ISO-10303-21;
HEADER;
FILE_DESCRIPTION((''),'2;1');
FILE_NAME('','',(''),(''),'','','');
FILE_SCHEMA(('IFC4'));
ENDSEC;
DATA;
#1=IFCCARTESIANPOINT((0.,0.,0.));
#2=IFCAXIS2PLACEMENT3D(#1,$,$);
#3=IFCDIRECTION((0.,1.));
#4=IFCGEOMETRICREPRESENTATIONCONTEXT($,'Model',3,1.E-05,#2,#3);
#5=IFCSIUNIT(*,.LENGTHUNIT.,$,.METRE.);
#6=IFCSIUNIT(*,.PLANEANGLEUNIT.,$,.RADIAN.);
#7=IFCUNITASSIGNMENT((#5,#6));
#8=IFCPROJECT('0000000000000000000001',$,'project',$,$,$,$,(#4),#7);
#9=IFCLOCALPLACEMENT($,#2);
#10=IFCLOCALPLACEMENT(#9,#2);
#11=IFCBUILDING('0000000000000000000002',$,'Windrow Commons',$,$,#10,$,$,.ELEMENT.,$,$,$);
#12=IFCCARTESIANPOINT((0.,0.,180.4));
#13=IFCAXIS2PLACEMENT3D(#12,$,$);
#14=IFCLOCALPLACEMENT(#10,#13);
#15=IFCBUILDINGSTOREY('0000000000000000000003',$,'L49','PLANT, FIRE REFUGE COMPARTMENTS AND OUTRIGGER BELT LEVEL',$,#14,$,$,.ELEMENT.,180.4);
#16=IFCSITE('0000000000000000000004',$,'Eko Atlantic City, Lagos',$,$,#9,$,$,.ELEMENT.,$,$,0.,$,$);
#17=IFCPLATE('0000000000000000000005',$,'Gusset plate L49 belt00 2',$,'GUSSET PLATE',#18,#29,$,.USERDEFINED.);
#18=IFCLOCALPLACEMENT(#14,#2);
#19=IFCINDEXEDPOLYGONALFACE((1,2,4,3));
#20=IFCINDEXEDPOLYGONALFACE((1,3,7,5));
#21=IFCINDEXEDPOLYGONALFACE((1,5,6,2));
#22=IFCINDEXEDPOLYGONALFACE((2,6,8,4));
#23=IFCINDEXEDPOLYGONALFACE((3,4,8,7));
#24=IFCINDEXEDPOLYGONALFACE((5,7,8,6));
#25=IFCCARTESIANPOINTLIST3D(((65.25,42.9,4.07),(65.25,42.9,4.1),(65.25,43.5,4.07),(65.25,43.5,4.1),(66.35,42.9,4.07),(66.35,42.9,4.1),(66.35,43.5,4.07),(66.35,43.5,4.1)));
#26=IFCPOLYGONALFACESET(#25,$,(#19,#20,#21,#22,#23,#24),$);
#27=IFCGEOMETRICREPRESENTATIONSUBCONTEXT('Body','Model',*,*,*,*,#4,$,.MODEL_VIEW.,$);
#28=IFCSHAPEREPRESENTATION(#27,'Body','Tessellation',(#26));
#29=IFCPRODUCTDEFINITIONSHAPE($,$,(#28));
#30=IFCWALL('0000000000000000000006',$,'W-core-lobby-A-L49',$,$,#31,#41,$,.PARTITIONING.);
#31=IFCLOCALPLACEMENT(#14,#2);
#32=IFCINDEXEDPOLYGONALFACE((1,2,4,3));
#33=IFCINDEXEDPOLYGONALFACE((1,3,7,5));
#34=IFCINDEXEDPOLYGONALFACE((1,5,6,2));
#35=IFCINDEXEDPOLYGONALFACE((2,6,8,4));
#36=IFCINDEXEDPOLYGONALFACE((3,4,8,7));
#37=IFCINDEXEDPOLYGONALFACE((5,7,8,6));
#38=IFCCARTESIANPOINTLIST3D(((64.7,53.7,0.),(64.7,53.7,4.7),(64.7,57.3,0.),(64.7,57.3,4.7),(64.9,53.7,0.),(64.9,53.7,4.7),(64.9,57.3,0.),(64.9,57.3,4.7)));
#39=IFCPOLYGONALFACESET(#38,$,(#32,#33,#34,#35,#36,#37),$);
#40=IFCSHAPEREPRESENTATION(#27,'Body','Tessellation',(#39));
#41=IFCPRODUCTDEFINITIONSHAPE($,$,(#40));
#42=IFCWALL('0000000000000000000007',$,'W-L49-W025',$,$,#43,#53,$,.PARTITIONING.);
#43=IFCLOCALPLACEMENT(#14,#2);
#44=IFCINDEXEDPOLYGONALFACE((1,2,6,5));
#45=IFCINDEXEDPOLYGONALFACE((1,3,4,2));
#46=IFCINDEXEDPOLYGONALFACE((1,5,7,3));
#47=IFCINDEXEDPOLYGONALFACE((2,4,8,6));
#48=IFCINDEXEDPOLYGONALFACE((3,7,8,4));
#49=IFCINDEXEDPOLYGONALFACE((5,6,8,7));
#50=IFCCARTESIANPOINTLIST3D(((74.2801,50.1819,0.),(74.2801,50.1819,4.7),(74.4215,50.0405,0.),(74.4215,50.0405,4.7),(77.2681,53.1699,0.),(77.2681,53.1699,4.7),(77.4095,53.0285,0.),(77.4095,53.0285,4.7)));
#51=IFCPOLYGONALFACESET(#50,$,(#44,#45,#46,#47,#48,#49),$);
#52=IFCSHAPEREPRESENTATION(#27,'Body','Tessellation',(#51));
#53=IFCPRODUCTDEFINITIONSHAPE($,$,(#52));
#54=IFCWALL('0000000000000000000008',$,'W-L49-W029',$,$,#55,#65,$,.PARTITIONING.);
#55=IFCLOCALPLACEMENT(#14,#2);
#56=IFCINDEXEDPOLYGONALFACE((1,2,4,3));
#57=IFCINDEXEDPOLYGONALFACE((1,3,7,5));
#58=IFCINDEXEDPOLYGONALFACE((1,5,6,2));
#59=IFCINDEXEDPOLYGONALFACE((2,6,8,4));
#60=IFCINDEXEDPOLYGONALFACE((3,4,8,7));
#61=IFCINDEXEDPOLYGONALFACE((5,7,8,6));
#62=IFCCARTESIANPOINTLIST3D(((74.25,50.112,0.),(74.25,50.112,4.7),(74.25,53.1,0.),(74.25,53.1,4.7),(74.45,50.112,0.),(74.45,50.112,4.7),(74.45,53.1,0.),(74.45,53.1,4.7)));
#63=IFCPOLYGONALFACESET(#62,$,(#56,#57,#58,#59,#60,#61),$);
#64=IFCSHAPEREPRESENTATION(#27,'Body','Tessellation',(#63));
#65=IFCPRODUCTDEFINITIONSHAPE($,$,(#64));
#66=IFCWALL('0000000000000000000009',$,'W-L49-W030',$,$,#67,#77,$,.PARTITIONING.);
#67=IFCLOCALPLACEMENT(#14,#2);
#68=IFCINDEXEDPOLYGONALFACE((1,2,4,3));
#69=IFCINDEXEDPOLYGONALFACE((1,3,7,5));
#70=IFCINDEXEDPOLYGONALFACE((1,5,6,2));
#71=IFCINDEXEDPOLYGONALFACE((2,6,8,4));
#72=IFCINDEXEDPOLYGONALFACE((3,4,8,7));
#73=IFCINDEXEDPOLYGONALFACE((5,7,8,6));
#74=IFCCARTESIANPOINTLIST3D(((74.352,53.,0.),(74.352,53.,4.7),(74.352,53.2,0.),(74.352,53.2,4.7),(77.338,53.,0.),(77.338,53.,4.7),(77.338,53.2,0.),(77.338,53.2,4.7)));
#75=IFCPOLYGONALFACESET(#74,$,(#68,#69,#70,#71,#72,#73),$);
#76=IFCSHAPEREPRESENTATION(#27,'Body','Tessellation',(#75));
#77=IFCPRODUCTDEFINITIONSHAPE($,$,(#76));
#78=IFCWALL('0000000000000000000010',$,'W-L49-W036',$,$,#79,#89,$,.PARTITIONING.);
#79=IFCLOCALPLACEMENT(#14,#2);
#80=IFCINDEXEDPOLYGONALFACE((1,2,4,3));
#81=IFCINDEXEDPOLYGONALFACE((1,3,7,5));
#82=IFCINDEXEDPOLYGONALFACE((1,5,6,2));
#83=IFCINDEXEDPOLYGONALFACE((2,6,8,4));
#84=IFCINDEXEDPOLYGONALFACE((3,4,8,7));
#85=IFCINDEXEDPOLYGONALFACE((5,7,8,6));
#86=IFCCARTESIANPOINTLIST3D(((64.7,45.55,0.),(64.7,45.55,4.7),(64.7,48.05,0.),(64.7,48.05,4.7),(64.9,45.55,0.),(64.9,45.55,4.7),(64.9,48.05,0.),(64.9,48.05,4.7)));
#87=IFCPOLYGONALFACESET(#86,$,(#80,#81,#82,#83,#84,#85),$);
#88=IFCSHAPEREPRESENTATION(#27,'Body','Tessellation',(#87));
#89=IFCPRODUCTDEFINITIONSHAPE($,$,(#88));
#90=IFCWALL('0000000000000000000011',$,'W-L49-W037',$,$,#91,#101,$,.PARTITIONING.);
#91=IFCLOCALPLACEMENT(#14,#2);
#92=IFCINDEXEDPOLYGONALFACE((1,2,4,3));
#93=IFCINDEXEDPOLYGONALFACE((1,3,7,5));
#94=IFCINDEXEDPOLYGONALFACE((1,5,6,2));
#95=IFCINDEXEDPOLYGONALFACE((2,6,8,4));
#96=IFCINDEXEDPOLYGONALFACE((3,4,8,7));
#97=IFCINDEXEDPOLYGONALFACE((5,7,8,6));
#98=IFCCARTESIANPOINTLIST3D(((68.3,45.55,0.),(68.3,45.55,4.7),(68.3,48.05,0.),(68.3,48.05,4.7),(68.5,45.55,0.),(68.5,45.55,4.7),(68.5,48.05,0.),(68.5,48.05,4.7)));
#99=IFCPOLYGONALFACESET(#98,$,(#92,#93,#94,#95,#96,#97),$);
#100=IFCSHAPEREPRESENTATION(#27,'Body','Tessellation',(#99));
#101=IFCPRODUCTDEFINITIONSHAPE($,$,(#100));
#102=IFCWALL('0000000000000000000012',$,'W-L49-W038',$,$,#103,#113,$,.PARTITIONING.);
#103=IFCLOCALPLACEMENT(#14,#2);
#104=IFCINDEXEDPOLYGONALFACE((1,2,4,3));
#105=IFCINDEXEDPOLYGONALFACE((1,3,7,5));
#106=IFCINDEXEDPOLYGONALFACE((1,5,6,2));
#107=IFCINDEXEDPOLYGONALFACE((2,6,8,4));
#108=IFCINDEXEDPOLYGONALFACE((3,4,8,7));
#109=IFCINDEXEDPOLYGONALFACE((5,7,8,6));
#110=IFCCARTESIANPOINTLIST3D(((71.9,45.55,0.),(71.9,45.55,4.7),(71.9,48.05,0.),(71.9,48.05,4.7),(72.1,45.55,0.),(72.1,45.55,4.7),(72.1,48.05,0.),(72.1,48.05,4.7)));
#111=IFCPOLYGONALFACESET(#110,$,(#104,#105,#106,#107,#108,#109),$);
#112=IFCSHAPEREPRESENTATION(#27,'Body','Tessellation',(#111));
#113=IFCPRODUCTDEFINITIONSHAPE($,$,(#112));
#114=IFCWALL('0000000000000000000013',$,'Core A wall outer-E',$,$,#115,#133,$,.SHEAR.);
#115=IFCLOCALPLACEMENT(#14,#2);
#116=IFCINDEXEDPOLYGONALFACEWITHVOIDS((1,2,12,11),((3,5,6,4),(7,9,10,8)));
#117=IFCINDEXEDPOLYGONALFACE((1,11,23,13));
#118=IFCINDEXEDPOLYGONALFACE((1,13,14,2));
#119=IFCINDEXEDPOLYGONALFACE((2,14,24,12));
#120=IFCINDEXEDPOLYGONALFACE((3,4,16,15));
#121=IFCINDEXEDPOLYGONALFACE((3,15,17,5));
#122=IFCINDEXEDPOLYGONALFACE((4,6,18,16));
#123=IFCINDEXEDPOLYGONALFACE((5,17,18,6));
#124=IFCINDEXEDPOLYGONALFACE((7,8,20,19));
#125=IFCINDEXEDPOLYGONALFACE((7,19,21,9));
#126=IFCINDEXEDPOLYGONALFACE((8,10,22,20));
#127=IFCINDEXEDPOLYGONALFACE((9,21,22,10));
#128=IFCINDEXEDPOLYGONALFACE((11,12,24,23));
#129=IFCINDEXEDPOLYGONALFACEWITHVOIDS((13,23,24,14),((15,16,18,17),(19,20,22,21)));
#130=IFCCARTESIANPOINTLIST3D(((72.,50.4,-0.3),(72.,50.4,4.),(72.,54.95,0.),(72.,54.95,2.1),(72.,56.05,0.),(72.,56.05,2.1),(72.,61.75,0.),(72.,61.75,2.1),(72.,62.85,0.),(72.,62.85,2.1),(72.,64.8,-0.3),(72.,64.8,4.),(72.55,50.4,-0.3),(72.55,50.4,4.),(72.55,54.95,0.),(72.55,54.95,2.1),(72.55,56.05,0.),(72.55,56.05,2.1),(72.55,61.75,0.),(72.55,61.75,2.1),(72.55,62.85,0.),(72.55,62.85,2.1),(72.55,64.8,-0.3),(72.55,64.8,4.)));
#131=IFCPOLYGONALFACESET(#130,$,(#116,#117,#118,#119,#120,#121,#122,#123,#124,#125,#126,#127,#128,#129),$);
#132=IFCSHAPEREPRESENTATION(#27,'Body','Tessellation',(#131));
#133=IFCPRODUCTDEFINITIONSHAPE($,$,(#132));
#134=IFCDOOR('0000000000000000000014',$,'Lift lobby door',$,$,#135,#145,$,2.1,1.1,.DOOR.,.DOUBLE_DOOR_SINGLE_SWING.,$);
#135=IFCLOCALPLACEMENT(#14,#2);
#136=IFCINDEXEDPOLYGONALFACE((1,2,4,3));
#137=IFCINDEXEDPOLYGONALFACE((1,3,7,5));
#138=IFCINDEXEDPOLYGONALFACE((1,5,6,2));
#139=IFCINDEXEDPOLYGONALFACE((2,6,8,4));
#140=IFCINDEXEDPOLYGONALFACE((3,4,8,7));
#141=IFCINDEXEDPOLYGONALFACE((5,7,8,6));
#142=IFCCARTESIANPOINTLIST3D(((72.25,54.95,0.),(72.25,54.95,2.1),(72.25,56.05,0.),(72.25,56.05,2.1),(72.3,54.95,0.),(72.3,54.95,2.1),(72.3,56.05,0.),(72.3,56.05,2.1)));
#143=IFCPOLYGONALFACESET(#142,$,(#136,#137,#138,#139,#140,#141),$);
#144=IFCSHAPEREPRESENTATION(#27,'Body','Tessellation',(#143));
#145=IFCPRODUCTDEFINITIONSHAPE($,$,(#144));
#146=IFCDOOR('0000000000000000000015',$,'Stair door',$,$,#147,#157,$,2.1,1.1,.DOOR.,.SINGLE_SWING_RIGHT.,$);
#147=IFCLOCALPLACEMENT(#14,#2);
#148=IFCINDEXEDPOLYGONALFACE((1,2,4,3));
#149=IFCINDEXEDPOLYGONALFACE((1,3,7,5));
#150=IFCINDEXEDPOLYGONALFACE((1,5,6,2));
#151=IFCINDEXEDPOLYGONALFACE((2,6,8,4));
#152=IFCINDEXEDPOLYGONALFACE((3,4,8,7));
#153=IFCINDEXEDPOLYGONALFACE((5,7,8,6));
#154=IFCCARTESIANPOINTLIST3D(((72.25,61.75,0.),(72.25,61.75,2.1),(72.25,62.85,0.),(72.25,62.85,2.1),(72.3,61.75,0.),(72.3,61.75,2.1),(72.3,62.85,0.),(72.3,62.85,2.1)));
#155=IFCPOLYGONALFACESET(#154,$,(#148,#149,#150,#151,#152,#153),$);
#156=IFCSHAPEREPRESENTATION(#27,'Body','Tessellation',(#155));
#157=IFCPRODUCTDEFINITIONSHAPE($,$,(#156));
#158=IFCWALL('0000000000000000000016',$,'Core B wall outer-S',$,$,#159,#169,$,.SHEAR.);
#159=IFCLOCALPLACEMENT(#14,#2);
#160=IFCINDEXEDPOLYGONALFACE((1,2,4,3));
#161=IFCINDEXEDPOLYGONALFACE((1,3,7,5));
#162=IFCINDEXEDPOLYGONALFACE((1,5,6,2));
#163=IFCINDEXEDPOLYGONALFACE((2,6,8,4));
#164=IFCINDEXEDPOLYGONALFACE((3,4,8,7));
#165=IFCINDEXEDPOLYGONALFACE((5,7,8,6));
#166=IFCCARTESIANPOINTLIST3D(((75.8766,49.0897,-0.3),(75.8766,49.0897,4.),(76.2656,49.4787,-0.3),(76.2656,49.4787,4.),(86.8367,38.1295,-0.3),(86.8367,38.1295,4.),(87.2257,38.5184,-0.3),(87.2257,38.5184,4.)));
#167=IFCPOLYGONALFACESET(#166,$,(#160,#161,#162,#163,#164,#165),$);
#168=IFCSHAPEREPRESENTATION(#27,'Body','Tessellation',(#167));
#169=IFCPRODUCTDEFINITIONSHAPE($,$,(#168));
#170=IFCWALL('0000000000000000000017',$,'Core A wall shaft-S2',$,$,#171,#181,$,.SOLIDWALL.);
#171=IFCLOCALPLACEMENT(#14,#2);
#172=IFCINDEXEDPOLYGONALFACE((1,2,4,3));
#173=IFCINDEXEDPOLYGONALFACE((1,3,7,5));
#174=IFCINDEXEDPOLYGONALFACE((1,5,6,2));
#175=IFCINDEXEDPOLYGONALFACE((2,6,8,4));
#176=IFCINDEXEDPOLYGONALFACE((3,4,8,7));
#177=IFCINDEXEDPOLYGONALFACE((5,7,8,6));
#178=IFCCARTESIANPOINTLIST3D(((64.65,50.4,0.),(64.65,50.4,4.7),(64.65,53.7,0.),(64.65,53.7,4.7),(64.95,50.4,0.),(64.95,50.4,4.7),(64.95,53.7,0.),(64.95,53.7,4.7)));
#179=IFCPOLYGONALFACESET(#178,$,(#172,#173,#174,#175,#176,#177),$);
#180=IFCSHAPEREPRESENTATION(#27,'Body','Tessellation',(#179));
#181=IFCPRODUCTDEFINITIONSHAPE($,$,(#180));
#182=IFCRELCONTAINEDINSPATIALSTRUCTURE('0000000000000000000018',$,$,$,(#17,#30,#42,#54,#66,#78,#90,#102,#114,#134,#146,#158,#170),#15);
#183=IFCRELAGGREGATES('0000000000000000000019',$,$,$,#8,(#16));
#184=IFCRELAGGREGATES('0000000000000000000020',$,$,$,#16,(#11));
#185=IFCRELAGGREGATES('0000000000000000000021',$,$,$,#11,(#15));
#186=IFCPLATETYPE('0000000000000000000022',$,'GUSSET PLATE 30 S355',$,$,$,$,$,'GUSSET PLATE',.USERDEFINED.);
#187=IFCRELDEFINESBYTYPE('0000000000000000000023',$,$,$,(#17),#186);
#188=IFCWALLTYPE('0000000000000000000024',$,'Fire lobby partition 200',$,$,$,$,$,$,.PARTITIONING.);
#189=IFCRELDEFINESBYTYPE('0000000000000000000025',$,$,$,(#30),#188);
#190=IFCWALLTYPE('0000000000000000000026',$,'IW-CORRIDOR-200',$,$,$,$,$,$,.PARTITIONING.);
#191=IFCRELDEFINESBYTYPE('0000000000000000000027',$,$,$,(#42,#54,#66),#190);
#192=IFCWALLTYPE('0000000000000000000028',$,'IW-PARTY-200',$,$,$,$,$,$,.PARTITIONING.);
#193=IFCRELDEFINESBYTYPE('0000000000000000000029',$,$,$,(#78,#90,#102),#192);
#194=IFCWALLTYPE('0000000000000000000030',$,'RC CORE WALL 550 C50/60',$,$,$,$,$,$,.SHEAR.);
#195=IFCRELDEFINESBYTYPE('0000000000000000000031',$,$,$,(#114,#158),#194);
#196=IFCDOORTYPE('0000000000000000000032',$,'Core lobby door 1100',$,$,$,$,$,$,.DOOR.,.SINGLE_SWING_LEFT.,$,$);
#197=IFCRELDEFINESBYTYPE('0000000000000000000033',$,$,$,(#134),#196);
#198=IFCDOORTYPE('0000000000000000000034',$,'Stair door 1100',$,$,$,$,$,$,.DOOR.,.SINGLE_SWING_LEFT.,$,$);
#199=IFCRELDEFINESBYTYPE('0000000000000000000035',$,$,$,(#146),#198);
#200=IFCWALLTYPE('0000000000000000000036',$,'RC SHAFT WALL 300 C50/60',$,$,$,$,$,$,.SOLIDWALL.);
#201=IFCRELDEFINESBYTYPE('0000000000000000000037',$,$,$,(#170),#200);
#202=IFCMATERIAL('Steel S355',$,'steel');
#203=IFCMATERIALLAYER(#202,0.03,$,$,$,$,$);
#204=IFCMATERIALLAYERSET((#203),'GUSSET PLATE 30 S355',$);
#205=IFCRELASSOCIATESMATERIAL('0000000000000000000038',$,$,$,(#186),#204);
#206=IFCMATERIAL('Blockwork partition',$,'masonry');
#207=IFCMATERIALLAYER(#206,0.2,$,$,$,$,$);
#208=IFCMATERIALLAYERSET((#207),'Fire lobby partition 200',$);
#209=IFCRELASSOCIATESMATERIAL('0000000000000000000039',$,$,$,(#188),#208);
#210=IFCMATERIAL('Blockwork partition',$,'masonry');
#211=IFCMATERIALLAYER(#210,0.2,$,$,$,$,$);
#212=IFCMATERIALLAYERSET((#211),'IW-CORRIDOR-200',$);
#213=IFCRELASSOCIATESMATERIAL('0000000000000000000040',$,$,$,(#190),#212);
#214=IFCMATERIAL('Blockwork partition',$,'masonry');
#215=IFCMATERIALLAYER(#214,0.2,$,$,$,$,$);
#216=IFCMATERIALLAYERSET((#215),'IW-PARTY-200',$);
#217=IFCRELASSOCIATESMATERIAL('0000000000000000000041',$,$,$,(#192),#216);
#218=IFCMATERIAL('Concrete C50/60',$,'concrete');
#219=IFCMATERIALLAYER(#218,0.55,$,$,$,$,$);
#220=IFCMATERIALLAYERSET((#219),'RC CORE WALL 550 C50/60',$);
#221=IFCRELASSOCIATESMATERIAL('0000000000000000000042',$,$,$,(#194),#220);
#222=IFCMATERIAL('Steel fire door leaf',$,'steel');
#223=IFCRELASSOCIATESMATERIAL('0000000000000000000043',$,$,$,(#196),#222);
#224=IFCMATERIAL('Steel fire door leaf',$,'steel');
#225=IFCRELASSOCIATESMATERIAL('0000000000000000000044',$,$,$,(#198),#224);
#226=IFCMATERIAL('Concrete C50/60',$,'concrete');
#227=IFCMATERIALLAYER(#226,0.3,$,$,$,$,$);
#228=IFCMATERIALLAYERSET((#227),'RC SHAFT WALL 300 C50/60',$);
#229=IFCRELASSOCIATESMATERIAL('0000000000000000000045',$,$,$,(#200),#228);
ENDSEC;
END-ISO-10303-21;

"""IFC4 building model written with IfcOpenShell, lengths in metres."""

from ifc_helpers import new_model, si_unit, direction, frame, frame_2d, origin, origin_2d, place, context, subcontext, project, spatial, rectangle, extrude, material, layer, layer_set, type_object, element, fill, save


model = new_model("IFC4")

# Units and contexts
model_context = context("Model", 3, precision=1e-05, world=origin(), true_north=direction((0.0, 1.0)))
body_context = subcontext(model_context, "Body", "Model", "MODEL_VIEW")
ifc_project = project(units=[si_unit("LENGTHUNIT", "METRE"), si_unit("PLANEANGLEUNIT", "RADIAN")], contexts=[model_context])

# Site, building, storey
site_placement = place(None, origin())
site = spatial("IfcSite", under=ifc_project, at=site_placement, Name="Eko Atlantic City, Lagos", CompositionType="ELEMENT", RefElevation=0.0)
building_placement = place(site_placement, origin())
building = spatial("IfcBuilding", under=site, at=building_placement, Name="Windrow Commons", CompositionType="ELEMENT")
storey_placement = place(building_placement, frame((0.0, 0.0, 180.4)))
storey = spatial("IfcBuildingStorey", under=building, at=storey_placement, Name="L49", Description="PLANT, FIRE REFUGE COMPARTMENTS AND OUTRIGGER BELT LEVEL", CompositionType="ELEMENT", Elevation=180.4)

# Plate
ifc_material_1 = material(Name="Steel S355", Category="steel")
ifc_layer_1 = layer(ifc_material_1, 0.03)
ifc_layer_set_1 = layer_set([ifc_layer_1], Name="GUSSET PLATE 30 S355")
plate_type = type_object("IfcPlateType", Name="GUSSET PLATE 30 S355", ElementType="GUSSET PLATE", PredefinedType="USERDEFINED", material=ifc_layer_set_1)
for number, where, z_axis, x_axis, name in (
    (1, (65.8, 43.2, 4.07), (0.0, 0.0, 1.0), (-1.0, 0.0, 0.0), "Gusset plate L49 belt00 2"),
):
    element("IfcPlate", number, at=place(storey_placement, frame(where, z_axis=z_axis, x_axis=x_axis)), inside=storey, type_object=plate_type, Name=name, ObjectType="GUSSET PLATE", PredefinedType="USERDEFINED", context=body_context, shape_type="SweptSolid", body=[
        extrude(rectangle(XDim=1.1, YDim=0.6, at=origin_2d()), origin(), (0.0, 0.0, 1.0), 0.03),
    ])

# Walls
ifc_material_2 = material(Name="Blockwork partition", Category="masonry")
ifc_layer_2 = layer(ifc_material_2, 0.2)
ifc_layer_set_2 = layer_set([ifc_layer_2], Name="Fire lobby partition 200")
wall_type_1 = type_object("IfcWallType", Name="Fire lobby partition 200", PredefinedType="PARTITIONING", material=ifc_layer_set_2)
wall_1_placement = place(storey_placement, frame((64.8, 53.7, 0.0), z_axis=(0.0, 0.0, 1.0), x_axis=(0.0, 1.0, 0.0)))
element("IfcWall", 2, at=wall_1_placement, inside=storey, type_object=wall_type_1, Name="W-core-lobby-A-L49", PredefinedType="PARTITIONING", context=body_context, shape_type="SweptSolid", body=[
    extrude(rectangle(XDim=3.6, YDim=0.2, at=frame_2d((1.8, 0.0))), origin(), (0.0, 0.0, 1.0), 4.7),
])
ifc_material_3 = material(Name="Blockwork partition", Category="masonry")
ifc_layer_3 = layer(ifc_material_3, 0.2)
ifc_layer_set_3 = layer_set([ifc_layer_3], Name="IW-CORRIDOR-200")
wall_type_2 = type_object("IfcWallType", Name="IW-CORRIDOR-200", PredefinedType="PARTITIONING", material=ifc_layer_set_3)
wall_2_placement = place(storey_placement, frame((74.3508, 50.1112, 0.0), z_axis=(0.0, 0.0, 1.0), x_axis=(0.707107, 0.707107, 0.0)))
element("IfcWall", 3, at=wall_2_placement, inside=storey, type_object=wall_type_2, Name="W-L49-W025", PredefinedType="PARTITIONING", context=body_context, shape_type="SweptSolid", body=[
    extrude(rectangle(XDim=4.2257, YDim=0.2, at=frame_2d((2.1128, 0.0))), origin(), (0.0, 0.0, 1.0), 4.7),
])
wall_3_placement = place(storey_placement, frame((74.35, 50.112, 0.0), z_axis=(0.0, 0.0, 1.0), x_axis=(0.0, 1.0, 0.0)))
element("IfcWall", 4, at=wall_3_placement, inside=storey, type_object=wall_type_2, Name="W-L49-W029", PredefinedType="PARTITIONING", context=body_context, shape_type="SweptSolid", body=[
    extrude(rectangle(XDim=2.988, YDim=0.2, at=frame_2d((1.494, 0.0))), origin(), (0.0, 0.0, 1.0), 4.7),
])
wall_4_placement = place(storey_placement, frame((74.352, 53.1, 0.0), z_axis=(0.0, 0.0, 1.0), x_axis=(1.0, 0.0, 0.0)))
element("IfcWall", 5, at=wall_4_placement, inside=storey, type_object=wall_type_2, Name="W-L49-W030", PredefinedType="PARTITIONING", context=body_context, shape_type="SweptSolid", body=[
    extrude(rectangle(XDim=2.986, YDim=0.2, at=frame_2d((1.493, 0.0))), origin(), (0.0, 0.0, 1.0), 4.7),
])
ifc_material_4 = material(Name="Blockwork partition", Category="masonry")
ifc_layer_4 = layer(ifc_material_4, 0.2)
ifc_layer_set_4 = layer_set([ifc_layer_4], Name="IW-PARTY-200")
wall_type_3 = type_object("IfcWallType", Name="IW-PARTY-200", PredefinedType="PARTITIONING", material=ifc_layer_set_4)
for number, where, z_axis, x_axis, name in (
    (6, (64.8, 45.55, 0.0), (0.0, 0.0, 1.0), (0.0, 1.0, 0.0), "W-L49-W036"),
    (7, (68.4, 45.55, 0.0), (0.0, 0.0, 1.0), (0.0, 1.0, 0.0), "W-L49-W037"),
    (8, (72.0, 45.55, 0.0), (0.0, 0.0, 1.0), (0.0, 1.0, 0.0), "W-L49-W038"),
):
    element("IfcWall", number, at=place(storey_placement, frame(where, z_axis=z_axis, x_axis=x_axis)), inside=storey, type_object=wall_type_3, Name=name, PredefinedType="PARTITIONING", context=body_context, shape_type="SweptSolid", body=[
        extrude(rectangle(XDim=2.5, YDim=0.2, at=frame_2d((1.25, 0.0))), origin(), (0.0, 0.0, 1.0), 4.7),
    ])

# Wall, openings, doors
ifc_material_5 = material(Name="Concrete C50/60", Category="concrete")
ifc_layer_5 = layer(ifc_material_5, 0.55)
ifc_layer_set_5 = layer_set([ifc_layer_5], Name="RC CORE WALL 550 C50/60")
wall_type_4 = type_object("IfcWallType", Name="RC CORE WALL 550 C50/60", PredefinedType="SHEAR", material=ifc_layer_set_5)
wall_5_placement = place(storey_placement, frame((72.275, 50.4, -0.3), z_axis=(0.0, 0.0, 1.0), x_axis=(0.0, 1.0, 0.0)))
wall_5 = element("IfcWall", 9, at=wall_5_placement, inside=storey, type_object=wall_type_4, Name="Core A wall outer-E", PredefinedType="SHEAR", context=body_context, shape_type="SweptSolid", body=[
    extrude(rectangle(XDim=14.4, YDim=0.55, at=frame_2d((7.2, 0.0))), origin(), (0.0, 0.0, 1.0), 4.3),
])
opening_1_placement = place(wall_5_placement, frame((4.55, 0.0, 0.3)))
opening_1 = element("IfcOpeningElement", 10, at=opening_1_placement, cuts=wall_5, PredefinedType="OPENING", context=body_context, shape_type="SweptSolid", body=[
    extrude(rectangle(XDim=1.1, YDim=2.1, at=frame_2d((0.55, 1.05))), frame((0.0, 0.285, 0.0), z_axis=(0.0, -1.0, 0.0), x_axis=(1.0, 0.0, 0.0)), (0.0, 0.0, 1.0), 0.57),
])
opening_2_placement = place(wall_5_placement, frame((11.35, 0.0, 0.3)))
opening_2 = element("IfcOpeningElement", 11, at=opening_2_placement, cuts=wall_5, PredefinedType="OPENING", context=body_context, shape_type="SweptSolid", body=[
    extrude(rectangle(XDim=1.1, YDim=2.1, at=frame_2d((0.55, 1.05))), frame((0.0, 0.285, 0.0), z_axis=(0.0, -1.0, 0.0), x_axis=(1.0, 0.0, 0.0)), (0.0, 0.0, 1.0), 0.57),
])
ifc_material_6 = material(Name="Steel fire door leaf", Category="steel")
door_type_1 = type_object("IfcDoorType", Name="Core lobby door 1100", OperationType="SINGLE_SWING_LEFT", PredefinedType="DOOR", material=ifc_material_6)
door_1_placement = place(opening_1_placement, origin())
door_1 = element("IfcDoor", 12, at=door_1_placement, inside=storey, type_object=door_type_1, Name="Lift lobby door", OperationType="DOUBLE_DOOR_SINGLE_SWING", OverallHeight=2.1, OverallWidth=1.1, PredefinedType="DOOR", context=body_context, shape_type="SweptSolid", body=[
    extrude(rectangle(XDim=1.1, YDim=2.1, at=frame_2d((0.55, 1.05))), frame((0.0, 0.025, 0.0), z_axis=(0.0, -1.0, 0.0), x_axis=(1.0, 0.0, 0.0)), (0.0, 0.0, 1.0), 0.05),
])
fill(opening_1, door_1)
ifc_material_7 = material(Name="Steel fire door leaf", Category="steel")
door_type_2 = type_object("IfcDoorType", Name="Stair door 1100", OperationType="SINGLE_SWING_LEFT", PredefinedType="DOOR", material=ifc_material_7)
door_2_placement = place(opening_2_placement, origin())
door_2 = element("IfcDoor", 13, at=door_2_placement, inside=storey, type_object=door_type_2, Name="Stair door", OperationType="SINGLE_SWING_RIGHT", OverallHeight=2.1, OverallWidth=1.1, PredefinedType="DOOR", context=body_context, shape_type="SweptSolid", body=[
    extrude(rectangle(XDim=1.1, YDim=2.1, at=frame_2d((0.55, 1.05))), frame((0.0, 0.025, 0.0), z_axis=(0.0, -1.0, 0.0), x_axis=(1.0, 0.0, 0.0)), (0.0, 0.0, 1.0), 0.05),
])
fill(opening_2, door_2)

# Walls
wall_6_placement = place(storey_placement, frame((76.0711, 49.2842, -0.3), z_axis=(0.0, 0.0, 1.0), x_axis=(0.707104, -0.70711, 0.0)))
element("IfcWall", 14, at=wall_6_placement, inside=storey, type_object=wall_type_4, Name="Core B wall outer-S", PredefinedType="SHEAR", context=body_context, shape_type="SweptSolid", body=[
    extrude(rectangle(XDim=15.5, YDim=0.55, at=frame_2d((7.75, 0.0))), origin(), (0.0, 0.0, 1.0), 4.3),
])
ifc_material_8 = material(Name="Concrete C50/60", Category="concrete")
ifc_layer_6 = layer(ifc_material_8, 0.3)
ifc_layer_set_6 = layer_set([ifc_layer_6], Name="RC SHAFT WALL 300 C50/60")
wall_type_5 = type_object("IfcWallType", Name="RC SHAFT WALL 300 C50/60", PredefinedType="SOLIDWALL", material=ifc_layer_set_6)
for number, where, z_axis, x_axis, name in (
    (15, (64.8, 50.4, 0.0), (0.0, 0.0, 1.0), (0.0, 1.0, 0.0), "Core A wall shaft-S2"),
):
    element("IfcWall", number, at=place(storey_placement, frame(where, z_axis=z_axis, x_axis=x_axis)), inside=storey, type_object=wall_type_5, Name=name, PredefinedType="SOLIDWALL", context=body_context, shape_type="SweptSolid", body=[
        extrude(rectangle(XDim=3.3, YDim=0.3, at=frame_2d((1.65, 0.0))), origin(), (0.0, 0.0, 1.0), 4.7),
    ])

save(model, "model.ifc")
